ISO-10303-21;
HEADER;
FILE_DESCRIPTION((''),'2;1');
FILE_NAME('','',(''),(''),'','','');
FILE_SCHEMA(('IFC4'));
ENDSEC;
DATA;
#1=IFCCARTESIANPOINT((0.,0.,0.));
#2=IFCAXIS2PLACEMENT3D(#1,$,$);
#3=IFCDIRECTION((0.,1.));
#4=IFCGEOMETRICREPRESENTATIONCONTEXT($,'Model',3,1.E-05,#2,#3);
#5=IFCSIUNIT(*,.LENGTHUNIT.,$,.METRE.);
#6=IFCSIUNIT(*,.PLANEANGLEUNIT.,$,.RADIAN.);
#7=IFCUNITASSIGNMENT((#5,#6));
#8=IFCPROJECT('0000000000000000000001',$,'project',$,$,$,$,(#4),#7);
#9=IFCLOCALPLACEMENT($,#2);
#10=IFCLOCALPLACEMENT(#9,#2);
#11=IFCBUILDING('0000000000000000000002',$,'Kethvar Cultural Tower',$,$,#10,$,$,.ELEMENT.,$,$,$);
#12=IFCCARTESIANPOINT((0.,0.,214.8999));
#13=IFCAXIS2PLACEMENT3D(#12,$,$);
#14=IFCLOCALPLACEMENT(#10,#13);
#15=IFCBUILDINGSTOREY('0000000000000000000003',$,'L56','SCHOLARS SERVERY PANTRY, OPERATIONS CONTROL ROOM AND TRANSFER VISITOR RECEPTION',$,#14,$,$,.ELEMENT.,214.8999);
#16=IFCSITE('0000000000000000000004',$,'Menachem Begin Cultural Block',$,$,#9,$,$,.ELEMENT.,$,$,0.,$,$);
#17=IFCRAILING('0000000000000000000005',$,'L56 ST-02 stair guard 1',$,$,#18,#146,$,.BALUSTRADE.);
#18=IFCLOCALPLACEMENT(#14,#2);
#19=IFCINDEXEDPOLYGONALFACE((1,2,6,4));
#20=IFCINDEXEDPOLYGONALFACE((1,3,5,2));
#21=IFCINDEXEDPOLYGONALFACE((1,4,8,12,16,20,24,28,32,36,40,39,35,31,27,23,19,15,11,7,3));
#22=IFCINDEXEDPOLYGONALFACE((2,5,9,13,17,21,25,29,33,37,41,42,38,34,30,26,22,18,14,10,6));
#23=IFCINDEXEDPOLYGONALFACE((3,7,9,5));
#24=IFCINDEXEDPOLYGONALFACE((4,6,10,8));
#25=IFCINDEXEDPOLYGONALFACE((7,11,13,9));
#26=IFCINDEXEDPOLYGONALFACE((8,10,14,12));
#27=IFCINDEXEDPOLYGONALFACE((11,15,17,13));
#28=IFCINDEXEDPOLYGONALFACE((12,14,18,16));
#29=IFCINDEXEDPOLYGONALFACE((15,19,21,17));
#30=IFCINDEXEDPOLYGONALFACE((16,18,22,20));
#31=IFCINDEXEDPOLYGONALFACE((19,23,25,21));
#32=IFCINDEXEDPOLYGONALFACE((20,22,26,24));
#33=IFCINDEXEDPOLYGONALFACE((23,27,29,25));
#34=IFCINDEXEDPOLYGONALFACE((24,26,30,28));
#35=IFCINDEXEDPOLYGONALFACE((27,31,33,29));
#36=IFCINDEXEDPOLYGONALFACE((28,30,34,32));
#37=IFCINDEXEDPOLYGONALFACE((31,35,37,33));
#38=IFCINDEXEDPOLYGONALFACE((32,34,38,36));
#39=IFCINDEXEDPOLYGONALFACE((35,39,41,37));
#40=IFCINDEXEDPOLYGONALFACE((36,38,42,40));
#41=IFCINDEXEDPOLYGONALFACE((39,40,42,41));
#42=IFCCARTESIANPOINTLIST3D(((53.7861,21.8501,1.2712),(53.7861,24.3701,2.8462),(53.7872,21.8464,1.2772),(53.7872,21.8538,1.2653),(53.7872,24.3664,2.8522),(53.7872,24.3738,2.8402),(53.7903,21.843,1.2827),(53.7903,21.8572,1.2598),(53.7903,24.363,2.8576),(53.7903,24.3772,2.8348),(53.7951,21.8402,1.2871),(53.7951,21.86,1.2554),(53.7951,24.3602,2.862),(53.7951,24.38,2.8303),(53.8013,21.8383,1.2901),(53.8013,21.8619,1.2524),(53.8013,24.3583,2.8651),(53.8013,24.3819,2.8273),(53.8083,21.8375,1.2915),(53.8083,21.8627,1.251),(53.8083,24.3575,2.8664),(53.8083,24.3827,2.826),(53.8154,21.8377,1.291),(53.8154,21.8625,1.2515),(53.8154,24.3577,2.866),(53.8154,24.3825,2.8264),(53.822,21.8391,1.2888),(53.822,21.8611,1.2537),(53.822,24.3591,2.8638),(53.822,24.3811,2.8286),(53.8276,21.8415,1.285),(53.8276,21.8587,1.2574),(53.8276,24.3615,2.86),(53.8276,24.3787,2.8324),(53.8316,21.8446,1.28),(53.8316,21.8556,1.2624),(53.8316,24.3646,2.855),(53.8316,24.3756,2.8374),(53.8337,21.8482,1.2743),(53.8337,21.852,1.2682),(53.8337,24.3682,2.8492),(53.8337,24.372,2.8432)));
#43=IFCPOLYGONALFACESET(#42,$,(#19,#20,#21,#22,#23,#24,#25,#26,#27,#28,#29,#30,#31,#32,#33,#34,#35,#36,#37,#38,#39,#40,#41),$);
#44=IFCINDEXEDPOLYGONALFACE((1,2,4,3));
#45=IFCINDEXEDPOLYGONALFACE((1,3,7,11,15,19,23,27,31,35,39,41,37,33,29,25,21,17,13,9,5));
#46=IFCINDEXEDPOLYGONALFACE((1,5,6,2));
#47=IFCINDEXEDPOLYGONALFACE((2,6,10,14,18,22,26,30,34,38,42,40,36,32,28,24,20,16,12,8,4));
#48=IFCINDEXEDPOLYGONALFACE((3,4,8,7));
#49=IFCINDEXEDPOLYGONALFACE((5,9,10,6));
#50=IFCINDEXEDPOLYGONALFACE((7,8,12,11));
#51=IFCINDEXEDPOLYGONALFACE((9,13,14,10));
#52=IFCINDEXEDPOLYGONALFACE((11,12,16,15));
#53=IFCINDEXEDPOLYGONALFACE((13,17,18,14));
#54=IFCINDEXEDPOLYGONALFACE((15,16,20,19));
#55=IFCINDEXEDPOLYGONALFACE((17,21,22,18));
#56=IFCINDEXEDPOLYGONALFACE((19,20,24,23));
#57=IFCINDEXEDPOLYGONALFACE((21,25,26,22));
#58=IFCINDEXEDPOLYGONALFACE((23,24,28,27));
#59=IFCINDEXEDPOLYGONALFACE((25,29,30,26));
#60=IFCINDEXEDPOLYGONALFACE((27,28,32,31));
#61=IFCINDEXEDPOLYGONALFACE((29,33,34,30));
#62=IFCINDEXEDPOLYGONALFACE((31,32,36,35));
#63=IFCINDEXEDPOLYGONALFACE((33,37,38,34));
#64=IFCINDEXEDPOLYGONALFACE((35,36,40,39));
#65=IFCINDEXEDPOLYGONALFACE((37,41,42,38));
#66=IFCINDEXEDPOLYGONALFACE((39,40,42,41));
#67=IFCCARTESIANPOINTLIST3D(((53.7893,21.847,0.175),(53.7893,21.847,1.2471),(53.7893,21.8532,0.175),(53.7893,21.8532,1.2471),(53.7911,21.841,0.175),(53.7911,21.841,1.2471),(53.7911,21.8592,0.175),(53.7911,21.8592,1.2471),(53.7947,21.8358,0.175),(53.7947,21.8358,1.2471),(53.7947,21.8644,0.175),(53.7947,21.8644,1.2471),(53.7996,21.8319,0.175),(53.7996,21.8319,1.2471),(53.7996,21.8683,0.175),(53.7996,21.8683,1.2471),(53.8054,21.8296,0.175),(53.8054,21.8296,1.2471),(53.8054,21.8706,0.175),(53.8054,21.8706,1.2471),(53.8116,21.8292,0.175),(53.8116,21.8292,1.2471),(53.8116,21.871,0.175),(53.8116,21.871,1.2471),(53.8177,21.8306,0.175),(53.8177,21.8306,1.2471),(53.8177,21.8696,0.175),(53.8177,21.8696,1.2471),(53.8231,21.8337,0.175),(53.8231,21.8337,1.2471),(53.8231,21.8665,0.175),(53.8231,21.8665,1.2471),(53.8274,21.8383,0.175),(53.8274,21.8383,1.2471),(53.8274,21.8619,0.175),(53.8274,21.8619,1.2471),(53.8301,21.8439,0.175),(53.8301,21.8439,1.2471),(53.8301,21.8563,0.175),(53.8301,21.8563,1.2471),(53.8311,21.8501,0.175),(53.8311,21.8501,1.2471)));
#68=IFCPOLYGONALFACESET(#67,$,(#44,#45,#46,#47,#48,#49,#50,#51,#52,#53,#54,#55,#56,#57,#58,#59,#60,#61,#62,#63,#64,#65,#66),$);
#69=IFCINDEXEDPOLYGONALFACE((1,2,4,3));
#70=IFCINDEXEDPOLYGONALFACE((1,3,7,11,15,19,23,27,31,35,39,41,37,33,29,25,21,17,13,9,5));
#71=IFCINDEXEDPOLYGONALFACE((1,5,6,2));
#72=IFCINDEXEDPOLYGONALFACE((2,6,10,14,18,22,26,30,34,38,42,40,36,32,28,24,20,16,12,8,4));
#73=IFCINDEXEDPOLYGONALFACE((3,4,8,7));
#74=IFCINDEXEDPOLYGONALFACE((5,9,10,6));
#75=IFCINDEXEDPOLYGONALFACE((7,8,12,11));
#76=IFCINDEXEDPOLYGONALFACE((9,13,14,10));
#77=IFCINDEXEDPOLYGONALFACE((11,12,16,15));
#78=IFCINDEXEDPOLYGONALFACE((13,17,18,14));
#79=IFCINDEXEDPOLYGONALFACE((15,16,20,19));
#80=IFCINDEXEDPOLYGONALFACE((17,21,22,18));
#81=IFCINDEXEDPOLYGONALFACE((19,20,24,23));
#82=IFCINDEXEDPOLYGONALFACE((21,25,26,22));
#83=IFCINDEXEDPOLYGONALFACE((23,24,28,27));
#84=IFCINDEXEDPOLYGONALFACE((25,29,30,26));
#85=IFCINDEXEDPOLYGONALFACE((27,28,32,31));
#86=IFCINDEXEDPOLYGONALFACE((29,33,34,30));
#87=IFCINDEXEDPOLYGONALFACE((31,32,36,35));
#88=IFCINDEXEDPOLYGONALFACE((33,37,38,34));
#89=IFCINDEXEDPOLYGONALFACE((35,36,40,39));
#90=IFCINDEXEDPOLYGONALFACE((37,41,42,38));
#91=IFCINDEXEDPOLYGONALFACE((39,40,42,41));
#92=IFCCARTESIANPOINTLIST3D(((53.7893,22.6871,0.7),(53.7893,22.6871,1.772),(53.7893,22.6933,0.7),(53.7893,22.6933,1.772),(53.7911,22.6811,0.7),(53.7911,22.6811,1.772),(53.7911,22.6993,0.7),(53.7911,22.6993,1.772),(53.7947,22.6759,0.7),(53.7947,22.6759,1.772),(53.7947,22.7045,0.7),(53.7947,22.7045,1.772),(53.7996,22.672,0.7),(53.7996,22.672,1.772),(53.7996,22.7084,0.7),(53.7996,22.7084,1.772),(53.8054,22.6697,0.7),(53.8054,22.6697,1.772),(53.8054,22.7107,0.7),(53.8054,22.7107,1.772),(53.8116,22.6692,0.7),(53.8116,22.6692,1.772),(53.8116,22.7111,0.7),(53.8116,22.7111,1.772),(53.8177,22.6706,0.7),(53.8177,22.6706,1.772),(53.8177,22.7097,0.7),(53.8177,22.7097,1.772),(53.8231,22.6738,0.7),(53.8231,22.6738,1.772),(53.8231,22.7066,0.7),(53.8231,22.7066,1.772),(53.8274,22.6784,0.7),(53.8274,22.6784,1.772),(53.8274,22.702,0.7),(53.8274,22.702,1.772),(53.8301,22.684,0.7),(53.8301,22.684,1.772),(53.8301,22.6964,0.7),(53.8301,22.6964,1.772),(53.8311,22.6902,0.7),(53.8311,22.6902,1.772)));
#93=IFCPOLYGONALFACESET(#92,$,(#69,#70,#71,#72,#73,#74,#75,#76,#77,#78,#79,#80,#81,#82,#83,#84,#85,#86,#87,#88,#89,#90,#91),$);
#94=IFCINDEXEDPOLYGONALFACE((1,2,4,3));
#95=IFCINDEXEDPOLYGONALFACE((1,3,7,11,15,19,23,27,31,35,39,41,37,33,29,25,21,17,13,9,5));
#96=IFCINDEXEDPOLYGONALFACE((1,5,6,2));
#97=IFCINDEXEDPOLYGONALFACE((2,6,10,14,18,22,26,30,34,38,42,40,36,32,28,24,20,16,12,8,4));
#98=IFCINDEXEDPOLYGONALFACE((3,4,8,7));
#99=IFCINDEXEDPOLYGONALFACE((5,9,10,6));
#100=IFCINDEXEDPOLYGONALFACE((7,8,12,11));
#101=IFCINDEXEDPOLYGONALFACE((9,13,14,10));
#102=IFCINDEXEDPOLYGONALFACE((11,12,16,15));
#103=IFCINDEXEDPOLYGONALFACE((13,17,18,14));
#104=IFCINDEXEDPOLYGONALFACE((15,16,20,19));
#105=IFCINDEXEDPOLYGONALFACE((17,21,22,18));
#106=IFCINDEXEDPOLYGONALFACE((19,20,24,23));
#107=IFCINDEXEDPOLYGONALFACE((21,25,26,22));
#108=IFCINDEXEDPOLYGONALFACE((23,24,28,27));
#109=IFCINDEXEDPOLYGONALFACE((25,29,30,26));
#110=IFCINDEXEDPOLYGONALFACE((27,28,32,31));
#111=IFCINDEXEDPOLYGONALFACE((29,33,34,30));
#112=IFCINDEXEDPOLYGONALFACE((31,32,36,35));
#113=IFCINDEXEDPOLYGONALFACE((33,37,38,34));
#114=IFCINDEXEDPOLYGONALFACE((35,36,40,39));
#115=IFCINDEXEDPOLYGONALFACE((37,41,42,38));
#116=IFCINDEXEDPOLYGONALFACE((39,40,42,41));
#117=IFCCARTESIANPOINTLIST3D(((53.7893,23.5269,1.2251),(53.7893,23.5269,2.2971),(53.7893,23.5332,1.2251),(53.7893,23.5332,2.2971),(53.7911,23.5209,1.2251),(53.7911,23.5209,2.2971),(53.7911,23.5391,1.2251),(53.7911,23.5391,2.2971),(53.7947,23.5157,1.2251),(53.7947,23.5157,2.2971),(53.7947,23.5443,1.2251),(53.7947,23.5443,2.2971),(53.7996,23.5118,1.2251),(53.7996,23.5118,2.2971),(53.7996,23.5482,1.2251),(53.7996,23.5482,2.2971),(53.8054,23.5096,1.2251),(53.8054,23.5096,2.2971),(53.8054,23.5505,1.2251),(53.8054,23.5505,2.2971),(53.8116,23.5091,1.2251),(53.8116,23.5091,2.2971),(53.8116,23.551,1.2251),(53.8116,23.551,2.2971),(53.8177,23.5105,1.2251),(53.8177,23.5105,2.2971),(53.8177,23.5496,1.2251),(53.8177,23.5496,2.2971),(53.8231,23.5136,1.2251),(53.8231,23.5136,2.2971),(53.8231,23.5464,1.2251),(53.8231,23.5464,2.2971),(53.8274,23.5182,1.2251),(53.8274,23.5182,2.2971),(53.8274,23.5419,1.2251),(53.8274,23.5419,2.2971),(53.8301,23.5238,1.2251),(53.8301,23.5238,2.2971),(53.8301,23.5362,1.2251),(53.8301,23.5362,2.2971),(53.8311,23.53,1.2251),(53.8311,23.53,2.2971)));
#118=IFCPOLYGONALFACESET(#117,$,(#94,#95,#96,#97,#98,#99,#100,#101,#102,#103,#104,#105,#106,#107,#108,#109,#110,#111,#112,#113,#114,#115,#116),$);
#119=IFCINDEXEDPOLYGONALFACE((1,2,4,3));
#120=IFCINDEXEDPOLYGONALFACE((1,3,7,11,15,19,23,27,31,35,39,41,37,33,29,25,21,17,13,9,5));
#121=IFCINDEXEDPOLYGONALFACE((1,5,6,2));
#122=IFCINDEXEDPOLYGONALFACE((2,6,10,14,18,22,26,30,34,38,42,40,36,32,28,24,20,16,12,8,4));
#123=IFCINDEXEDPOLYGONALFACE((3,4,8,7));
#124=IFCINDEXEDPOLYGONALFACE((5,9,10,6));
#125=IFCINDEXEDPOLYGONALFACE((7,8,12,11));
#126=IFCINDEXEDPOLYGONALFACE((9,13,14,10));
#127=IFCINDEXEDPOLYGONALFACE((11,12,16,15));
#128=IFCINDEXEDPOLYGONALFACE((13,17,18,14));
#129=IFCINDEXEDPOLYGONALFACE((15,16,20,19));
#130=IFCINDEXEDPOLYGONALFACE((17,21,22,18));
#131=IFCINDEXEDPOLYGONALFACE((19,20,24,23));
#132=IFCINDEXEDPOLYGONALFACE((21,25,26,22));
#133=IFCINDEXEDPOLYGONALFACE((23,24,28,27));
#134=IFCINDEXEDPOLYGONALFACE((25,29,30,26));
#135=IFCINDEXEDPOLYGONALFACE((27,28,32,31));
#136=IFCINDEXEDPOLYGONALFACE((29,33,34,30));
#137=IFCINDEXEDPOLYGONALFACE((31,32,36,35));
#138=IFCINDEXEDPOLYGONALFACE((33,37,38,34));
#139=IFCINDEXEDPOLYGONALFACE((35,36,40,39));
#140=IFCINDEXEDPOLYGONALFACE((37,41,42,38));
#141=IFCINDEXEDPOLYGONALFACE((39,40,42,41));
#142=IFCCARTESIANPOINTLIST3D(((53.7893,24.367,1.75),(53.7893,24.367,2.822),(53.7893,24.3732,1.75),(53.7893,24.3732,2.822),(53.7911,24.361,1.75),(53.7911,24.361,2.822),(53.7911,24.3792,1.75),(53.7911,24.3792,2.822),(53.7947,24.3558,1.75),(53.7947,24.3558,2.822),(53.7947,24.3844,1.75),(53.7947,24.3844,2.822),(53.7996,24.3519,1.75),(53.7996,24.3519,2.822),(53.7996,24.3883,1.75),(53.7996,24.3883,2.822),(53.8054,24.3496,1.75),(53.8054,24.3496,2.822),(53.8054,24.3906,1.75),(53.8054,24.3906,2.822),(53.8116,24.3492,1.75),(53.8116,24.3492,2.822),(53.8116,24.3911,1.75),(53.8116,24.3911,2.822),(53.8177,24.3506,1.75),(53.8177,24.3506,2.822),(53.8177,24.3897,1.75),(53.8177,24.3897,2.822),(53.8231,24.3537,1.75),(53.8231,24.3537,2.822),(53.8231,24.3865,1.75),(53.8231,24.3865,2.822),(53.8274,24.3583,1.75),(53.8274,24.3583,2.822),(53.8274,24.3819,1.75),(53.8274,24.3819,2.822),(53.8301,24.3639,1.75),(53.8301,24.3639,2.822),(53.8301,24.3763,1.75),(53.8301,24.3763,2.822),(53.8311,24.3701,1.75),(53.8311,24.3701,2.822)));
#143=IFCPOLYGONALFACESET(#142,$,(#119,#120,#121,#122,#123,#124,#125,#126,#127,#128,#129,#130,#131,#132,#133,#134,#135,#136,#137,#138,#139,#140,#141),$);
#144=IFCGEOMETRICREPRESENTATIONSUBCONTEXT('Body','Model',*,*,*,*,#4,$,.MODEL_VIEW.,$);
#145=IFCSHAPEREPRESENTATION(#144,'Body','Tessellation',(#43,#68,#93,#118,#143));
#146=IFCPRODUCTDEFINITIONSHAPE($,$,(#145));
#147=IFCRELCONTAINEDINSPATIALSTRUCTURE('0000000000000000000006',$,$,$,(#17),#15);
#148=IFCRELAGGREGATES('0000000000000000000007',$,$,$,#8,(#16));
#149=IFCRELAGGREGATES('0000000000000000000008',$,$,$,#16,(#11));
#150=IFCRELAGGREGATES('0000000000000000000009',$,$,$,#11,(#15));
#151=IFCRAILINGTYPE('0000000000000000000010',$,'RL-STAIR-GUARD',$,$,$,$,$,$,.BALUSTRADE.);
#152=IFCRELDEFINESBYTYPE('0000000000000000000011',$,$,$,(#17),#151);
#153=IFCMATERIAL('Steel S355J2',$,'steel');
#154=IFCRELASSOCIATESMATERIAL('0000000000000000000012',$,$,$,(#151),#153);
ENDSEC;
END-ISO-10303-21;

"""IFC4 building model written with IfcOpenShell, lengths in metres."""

from ifc_helpers import new_model, si_unit, direction, frame, origin, origin_2d, place, context, subcontext, project, spatial, circle, extrude, material, type_object, element, save


model = new_model("IFC4")

# Units and contexts
model_context = context("Model", 3, precision=1e-05, world=origin(), true_north=direction((0.0, 1.0)))
body_context = subcontext(model_context, "Body", "Model", "MODEL_VIEW")
ifc_project = project(units=[si_unit("LENGTHUNIT", "METRE"), si_unit("PLANEANGLEUNIT", "RADIAN")], contexts=[model_context])

# Site, building, storey
site_placement = place(None, origin())
site = spatial("IfcSite", under=ifc_project, at=site_placement, Name="Menachem Begin Cultural Block", CompositionType="ELEMENT", RefElevation=0.0)
building_placement = place(site_placement, origin())
building = spatial("IfcBuilding", under=site, at=building_placement, Name="Kethvar Cultural Tower", CompositionType="ELEMENT")
storey_placement = place(building_placement, frame((0.0, 0.0, 214.8999)))
storey = spatial("IfcBuildingStorey", under=building, at=storey_placement, Name="L56", Description="SCHOLARS SERVERY PANTRY, OPERATIONS CONTROL ROOM AND TRANSFER VISITOR RECEPTION", CompositionType="ELEMENT", Elevation=214.8999)

# Shared definitions
ifc_material_1 = material(Name="Steel S355J2", Category="steel")

# Railing
railing_type_1 = type_object("IfcRailingType", Name="RL-STAIR-GUARD", PredefinedType="BALUSTRADE", material=ifc_material_1)
railing_1_placement = place(storey_placement, frame((53.8101, 21.8501, 0.175)))
element("IfcRailing", 1, at=railing_1_placement, inside=storey, type_object=railing_type_1, Name="L56 ST-02 stair guard 1", PredefinedType="BALUSTRADE", context=body_context, shape_type="SweptSolid", body=[
    extrude(circle(Radius=0.0239, at=origin_2d()), frame((0.0, 0.0, 1.0962), z_axis=(0.0, 0.848008, 0.529984), x_axis=(-1.0, 0.0, 0.0)), (0.0, 0.0, 1.0), 2.9717),
    extrude(circle(Radius=0.021, at=origin_2d()), origin(), (0.0, 0.0, 1.0), 1.072),
    extrude(circle(Radius=0.021, at=origin_2d()), frame((0.0, 0.8401, 0.5249)), (0.0, 0.0, 1.0), 1.072),
    extrude(circle(Radius=0.021, at=origin_2d()), frame((0.0, 1.6799, 1.05)), (0.0, 0.0, 1.0), 1.072),
    extrude(circle(Radius=0.021, at=origin_2d()), frame((0.0, 2.52, 1.575)), (0.0, 0.0, 1.0), 1.072),
])

save(model, "model.ifc")
